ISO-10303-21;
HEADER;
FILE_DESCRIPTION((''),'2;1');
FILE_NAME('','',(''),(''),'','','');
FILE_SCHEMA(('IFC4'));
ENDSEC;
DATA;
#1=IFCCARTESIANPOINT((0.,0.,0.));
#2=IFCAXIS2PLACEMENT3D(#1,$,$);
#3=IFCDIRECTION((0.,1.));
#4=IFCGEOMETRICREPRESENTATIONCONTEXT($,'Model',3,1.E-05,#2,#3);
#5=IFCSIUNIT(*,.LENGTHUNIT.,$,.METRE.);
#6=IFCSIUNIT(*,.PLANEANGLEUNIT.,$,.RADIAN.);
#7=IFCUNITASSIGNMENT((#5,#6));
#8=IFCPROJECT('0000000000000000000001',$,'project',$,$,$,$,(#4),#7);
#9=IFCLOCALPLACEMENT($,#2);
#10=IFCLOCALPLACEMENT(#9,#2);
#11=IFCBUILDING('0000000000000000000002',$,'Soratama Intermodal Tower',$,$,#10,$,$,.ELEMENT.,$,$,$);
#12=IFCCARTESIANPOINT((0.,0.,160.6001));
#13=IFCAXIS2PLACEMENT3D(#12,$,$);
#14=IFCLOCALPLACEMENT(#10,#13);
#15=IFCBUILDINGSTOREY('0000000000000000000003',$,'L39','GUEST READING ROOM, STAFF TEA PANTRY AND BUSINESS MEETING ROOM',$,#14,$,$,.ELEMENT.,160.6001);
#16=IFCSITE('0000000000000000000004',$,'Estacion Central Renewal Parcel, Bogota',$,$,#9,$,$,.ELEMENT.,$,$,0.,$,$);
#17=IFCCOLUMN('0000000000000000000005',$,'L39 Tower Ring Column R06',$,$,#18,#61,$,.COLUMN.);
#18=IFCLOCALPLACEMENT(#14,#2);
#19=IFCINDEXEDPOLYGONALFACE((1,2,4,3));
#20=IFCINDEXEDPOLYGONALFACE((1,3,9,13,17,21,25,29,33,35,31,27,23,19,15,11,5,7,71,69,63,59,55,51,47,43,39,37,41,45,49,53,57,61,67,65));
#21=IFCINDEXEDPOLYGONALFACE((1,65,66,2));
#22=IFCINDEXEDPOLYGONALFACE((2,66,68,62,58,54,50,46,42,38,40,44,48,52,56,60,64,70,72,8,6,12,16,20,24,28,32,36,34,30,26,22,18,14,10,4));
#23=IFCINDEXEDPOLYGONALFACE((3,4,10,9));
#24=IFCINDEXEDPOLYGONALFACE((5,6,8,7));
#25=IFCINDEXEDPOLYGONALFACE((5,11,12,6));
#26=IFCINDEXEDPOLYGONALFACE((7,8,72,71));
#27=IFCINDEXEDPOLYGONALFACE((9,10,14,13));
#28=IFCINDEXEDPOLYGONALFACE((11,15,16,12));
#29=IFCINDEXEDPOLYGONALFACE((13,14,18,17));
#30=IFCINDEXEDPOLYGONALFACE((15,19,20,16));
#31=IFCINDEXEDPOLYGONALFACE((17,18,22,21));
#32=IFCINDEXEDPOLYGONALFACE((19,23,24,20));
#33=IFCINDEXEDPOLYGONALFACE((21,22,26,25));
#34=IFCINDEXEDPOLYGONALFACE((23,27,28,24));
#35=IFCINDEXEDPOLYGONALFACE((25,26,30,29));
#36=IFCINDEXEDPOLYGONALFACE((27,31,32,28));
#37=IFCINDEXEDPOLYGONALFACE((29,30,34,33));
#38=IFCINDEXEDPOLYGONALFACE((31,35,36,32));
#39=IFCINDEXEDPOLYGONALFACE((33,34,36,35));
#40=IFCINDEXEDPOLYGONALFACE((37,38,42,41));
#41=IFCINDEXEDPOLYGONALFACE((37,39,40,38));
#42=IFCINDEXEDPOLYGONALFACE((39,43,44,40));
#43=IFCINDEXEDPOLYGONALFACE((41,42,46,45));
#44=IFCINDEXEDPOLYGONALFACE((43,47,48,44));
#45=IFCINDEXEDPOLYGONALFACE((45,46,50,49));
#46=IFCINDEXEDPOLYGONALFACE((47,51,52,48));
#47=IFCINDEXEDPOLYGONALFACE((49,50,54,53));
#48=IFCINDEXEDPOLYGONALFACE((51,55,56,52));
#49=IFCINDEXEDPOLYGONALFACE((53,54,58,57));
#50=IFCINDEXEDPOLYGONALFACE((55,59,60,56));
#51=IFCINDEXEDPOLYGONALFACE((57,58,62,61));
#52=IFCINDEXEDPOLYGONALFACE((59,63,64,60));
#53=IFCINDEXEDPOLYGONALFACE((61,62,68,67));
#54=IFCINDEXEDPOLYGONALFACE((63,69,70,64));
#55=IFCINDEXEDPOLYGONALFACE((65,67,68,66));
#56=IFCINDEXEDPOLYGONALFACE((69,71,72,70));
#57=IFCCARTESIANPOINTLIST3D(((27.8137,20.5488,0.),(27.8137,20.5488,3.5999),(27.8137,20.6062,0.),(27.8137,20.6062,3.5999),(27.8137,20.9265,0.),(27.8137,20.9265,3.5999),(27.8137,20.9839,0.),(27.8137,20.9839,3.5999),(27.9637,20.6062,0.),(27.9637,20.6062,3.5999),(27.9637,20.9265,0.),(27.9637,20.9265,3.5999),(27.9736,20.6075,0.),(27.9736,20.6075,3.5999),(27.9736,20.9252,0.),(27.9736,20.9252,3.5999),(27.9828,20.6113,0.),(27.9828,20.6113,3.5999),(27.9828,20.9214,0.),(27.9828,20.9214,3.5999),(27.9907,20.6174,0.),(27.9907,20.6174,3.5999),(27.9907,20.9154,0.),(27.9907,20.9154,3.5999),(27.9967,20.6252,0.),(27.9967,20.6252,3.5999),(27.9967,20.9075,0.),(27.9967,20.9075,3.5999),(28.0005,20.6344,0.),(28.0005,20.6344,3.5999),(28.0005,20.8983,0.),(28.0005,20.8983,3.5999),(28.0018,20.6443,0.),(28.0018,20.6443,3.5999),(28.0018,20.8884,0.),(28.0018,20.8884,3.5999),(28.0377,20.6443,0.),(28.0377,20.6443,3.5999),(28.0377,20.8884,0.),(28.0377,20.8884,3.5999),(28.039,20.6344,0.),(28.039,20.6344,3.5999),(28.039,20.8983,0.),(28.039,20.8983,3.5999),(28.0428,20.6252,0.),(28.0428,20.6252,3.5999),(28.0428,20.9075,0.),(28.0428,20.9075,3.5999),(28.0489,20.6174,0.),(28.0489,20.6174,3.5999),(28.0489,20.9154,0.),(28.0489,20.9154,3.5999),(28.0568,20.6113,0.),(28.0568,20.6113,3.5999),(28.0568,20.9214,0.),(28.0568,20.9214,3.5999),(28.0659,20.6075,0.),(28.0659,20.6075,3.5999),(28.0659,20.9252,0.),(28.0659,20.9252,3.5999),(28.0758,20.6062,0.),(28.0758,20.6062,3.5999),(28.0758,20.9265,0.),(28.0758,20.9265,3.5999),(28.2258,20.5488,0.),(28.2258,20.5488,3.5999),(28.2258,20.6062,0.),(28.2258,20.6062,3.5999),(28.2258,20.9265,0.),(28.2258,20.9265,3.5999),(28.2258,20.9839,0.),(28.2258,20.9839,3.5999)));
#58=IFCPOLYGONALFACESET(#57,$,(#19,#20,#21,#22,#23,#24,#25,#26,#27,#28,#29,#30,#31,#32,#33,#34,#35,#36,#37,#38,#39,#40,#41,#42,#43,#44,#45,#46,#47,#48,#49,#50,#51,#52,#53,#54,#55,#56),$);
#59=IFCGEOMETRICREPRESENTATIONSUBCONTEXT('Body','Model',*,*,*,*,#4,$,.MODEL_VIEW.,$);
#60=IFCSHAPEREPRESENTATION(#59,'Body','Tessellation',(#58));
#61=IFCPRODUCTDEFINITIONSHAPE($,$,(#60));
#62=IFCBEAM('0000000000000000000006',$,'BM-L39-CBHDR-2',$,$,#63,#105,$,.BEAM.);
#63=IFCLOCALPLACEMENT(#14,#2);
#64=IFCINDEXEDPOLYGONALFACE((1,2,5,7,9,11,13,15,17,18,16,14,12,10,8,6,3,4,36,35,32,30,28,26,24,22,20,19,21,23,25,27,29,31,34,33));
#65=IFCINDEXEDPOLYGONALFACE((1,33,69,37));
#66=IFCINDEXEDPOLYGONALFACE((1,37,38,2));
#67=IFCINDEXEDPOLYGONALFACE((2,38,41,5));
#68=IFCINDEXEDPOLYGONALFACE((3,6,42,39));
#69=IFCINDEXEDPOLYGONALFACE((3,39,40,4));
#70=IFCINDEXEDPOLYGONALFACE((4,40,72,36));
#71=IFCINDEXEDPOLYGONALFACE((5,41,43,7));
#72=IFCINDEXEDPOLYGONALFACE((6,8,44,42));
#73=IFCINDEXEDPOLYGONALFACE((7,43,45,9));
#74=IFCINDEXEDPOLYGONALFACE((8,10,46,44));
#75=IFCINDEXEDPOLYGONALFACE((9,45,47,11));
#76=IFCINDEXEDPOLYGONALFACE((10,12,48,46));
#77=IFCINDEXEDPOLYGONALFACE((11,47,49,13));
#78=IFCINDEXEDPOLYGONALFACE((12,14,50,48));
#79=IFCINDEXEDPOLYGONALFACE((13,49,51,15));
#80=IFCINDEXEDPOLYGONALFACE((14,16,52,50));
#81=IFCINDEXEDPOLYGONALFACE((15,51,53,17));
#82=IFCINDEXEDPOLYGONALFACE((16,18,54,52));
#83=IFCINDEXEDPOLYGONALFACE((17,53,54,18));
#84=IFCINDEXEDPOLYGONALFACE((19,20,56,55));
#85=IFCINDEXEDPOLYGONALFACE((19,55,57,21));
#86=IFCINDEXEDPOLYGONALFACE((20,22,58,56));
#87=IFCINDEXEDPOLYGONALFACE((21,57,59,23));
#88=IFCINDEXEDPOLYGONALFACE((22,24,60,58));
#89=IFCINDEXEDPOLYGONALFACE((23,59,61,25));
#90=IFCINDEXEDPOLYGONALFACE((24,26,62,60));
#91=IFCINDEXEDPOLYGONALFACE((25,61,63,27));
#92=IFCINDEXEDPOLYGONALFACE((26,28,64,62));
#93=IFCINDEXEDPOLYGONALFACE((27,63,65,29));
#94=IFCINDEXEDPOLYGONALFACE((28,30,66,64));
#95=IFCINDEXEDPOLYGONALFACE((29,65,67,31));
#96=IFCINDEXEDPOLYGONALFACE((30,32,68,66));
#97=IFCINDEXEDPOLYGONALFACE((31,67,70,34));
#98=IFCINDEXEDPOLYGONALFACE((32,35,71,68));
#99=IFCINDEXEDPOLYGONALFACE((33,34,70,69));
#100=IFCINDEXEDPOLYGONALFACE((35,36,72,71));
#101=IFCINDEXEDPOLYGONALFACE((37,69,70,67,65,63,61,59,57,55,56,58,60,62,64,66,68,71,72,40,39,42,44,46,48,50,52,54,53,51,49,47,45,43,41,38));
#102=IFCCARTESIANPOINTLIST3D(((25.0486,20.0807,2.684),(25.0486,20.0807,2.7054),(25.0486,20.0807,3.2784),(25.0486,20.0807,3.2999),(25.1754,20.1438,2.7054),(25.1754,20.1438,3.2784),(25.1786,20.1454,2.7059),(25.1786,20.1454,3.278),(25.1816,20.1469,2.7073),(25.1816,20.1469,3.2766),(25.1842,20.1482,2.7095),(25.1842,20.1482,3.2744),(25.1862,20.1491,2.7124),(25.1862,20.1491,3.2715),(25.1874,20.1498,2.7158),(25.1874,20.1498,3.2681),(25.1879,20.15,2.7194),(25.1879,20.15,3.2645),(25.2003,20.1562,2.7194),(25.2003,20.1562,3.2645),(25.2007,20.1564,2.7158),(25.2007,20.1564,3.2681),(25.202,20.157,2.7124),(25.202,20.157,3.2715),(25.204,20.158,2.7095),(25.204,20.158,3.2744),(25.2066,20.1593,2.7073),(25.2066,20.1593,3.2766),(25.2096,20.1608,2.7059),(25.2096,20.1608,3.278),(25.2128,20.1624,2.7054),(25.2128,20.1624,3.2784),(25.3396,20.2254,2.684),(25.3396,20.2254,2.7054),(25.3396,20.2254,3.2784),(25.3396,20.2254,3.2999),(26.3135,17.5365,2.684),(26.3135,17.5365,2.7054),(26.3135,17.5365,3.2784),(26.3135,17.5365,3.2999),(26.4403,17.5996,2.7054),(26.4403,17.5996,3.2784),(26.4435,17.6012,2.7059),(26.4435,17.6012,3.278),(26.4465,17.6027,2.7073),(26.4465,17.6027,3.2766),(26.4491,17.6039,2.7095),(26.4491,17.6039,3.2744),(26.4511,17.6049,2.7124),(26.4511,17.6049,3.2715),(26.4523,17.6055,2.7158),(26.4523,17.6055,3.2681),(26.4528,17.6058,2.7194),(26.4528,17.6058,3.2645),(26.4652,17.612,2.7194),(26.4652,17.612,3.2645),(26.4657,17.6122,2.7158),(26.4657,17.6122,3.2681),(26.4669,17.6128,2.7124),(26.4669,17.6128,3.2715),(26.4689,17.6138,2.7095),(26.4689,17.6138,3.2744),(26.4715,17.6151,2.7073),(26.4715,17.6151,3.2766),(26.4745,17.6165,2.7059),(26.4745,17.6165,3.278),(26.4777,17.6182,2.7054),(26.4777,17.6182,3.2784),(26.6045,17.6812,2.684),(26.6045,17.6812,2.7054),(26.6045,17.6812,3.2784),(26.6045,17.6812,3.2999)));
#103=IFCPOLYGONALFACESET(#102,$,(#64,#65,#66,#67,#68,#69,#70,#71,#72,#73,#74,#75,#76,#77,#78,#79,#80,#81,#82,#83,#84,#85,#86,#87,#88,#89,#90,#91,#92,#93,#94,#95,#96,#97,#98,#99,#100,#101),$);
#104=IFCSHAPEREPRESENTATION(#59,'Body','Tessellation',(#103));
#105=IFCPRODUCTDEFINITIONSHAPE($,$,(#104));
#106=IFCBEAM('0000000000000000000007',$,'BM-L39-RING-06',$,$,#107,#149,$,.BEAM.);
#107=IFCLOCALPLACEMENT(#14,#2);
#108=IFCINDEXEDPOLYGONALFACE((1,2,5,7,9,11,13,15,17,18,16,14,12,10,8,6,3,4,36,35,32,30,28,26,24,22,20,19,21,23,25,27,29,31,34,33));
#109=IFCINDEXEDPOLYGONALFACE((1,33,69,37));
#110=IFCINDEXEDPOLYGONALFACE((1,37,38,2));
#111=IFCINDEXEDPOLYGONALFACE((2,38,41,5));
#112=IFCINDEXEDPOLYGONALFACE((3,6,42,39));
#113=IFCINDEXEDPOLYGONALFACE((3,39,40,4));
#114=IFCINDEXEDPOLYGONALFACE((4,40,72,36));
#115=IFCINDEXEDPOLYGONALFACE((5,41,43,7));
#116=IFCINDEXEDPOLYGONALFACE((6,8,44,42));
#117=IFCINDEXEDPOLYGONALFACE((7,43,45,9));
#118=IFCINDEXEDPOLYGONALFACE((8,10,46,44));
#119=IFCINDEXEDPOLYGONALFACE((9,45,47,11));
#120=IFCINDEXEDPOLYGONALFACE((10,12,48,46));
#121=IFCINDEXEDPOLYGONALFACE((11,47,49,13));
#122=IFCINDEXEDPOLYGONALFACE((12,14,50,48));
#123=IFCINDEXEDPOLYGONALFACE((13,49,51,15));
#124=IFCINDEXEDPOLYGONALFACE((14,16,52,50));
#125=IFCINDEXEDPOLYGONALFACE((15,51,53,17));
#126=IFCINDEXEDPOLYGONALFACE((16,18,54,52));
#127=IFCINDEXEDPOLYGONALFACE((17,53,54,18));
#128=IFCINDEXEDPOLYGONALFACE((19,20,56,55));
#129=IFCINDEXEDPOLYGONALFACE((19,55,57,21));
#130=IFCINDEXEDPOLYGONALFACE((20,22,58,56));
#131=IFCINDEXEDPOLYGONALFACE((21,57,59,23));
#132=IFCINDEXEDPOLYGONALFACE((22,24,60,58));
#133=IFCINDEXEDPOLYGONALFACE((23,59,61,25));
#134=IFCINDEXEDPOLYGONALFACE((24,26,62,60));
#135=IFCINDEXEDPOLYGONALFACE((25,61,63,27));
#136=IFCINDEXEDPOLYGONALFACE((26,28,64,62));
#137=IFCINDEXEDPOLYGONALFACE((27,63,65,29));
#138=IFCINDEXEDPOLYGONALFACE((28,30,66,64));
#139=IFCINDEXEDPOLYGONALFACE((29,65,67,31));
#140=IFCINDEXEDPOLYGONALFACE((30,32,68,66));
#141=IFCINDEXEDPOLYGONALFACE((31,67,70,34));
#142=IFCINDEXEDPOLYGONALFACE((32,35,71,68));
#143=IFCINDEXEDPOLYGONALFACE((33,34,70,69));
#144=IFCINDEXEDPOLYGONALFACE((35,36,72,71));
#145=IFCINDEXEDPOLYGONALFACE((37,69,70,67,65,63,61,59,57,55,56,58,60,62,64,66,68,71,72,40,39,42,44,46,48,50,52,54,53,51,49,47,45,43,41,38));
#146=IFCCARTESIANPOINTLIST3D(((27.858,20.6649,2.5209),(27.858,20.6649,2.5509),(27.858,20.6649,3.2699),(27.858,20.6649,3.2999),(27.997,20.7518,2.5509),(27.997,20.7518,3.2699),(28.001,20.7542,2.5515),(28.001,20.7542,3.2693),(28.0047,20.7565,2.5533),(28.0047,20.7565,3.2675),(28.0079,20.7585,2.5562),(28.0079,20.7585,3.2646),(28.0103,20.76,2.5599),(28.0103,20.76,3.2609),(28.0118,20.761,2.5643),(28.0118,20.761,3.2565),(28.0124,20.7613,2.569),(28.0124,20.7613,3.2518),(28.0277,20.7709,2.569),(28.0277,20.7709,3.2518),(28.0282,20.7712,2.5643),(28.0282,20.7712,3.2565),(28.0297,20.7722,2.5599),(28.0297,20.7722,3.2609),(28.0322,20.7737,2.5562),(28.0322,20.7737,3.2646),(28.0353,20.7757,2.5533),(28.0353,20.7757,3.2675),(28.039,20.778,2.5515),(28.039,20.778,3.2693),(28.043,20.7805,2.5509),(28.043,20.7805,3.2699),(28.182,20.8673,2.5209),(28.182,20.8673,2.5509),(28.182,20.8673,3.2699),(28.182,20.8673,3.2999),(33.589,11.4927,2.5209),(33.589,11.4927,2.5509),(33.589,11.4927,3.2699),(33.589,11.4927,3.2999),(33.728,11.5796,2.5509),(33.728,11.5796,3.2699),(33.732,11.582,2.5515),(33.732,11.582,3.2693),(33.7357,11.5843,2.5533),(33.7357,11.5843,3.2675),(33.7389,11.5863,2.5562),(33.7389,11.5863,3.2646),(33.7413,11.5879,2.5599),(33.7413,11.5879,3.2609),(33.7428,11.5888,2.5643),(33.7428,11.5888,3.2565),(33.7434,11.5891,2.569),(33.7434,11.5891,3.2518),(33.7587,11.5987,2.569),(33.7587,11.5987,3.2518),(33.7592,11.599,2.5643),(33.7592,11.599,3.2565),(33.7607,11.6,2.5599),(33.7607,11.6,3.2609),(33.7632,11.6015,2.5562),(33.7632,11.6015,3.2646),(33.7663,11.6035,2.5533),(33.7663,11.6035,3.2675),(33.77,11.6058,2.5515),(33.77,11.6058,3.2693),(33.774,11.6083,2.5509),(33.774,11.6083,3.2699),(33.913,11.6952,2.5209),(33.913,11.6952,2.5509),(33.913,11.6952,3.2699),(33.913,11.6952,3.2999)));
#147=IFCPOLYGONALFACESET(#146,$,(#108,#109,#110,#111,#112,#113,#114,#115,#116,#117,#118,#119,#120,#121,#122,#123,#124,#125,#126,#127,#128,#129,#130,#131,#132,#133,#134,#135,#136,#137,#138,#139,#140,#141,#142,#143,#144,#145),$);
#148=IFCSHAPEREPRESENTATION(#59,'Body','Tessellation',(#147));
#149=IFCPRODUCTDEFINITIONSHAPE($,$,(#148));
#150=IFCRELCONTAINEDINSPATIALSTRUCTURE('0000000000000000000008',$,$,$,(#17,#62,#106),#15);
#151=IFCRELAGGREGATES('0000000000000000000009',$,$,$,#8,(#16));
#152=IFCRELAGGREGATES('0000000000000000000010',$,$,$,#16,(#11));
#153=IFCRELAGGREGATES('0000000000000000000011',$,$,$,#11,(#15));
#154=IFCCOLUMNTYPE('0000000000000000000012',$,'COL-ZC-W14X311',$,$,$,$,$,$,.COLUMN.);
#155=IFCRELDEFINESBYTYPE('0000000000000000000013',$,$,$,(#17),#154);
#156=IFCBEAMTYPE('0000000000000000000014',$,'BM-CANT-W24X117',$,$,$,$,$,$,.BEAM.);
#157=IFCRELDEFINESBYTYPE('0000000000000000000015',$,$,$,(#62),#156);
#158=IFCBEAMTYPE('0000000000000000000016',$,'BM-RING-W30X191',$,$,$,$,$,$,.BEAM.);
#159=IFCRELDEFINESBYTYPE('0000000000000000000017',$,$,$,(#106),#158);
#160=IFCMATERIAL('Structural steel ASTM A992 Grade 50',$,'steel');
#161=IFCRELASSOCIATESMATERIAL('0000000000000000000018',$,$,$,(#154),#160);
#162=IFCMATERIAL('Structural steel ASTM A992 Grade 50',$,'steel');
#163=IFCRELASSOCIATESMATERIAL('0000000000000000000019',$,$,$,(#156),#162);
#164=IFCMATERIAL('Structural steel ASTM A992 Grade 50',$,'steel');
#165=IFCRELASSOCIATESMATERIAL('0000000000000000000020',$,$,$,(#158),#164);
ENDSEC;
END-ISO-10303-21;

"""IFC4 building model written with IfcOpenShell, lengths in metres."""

from ifc_helpers import new_model, si_unit, direction, frame, origin, origin_2d, place, context, subcontext, project, spatial, i_section, extrude, material, material_profile, profile_set, type_object, element, save


model = new_model("IFC4")

# Units and contexts
model_context = context("Model", 3, precision=1e-05, world=origin(), true_north=direction((0.0, 1.0)))
body_context = subcontext(model_context, "Body", "Model", "MODEL_VIEW")
ifc_project = project(units=[si_unit("LENGTHUNIT", "METRE"), si_unit("PLANEANGLEUNIT", "RADIAN")], contexts=[model_context])

# Site, building, storey
site_placement = place(None, origin())
site = spatial("IfcSite", under=ifc_project, at=site_placement, Name="Estacion Central Renewal Parcel, Bogota", CompositionType="ELEMENT", RefElevation=0.0)
building_placement = place(site_placement, origin())
building = spatial("IfcBuilding", under=site, at=building_placement, Name="Soratama Intermodal Tower", CompositionType="ELEMENT")
storey_placement = place(building_placement, frame((0.0, 0.0, 160.6001)))
storey = spatial("IfcBuildingStorey", under=building, at=storey_placement, Name="L39", Description="GUEST READING ROOM, STAFF TEA PANTRY AND BUSINESS MEETING ROOM", CompositionType="ELEMENT", Elevation=160.6001)

# Column
ifc_material_1 = material(Name="Structural steel ASTM A992 Grade 50", Category="steel")
ifc_material_profile_1 = material_profile(ifc_material_1, i_section(OverallWidth=0.4121, OverallDepth=0.4351, WebThickness=0.0359, FlangeThickness=0.0574, FilletRadius=0.0381, at=origin_2d()), Name="W14X311")
ifc_profile_set_1 = profile_set([ifc_material_profile_1], Name="Structural steel ASTM A992 Grade 50")
column_type = type_object("IfcColumnType", Name="COL-ZC-W14X311", PredefinedType="COLUMN", material=ifc_profile_set_1)
column_placement = place(storey_placement, frame((28.0198, 20.7664, 0.0), z_axis=(0.0, 0.0, 1.0), x_axis=(1.0, 0.0, 0.0)))
element("IfcColumn", 1, at=column_placement, inside=storey, type_object=column_type, Name="L39 Tower Ring Column R06", PredefinedType="COLUMN", context=body_context, shape_type="SweptSolid", body=[
    extrude(i_section(OverallWidth=0.4121, OverallDepth=0.4351, WebThickness=0.0359, FlangeThickness=0.0574, FilletRadius=0.0381, at=origin_2d()), origin(), (0.0, 0.0, 1.0), 3.5999),
])

# Beams
ifc_material_2 = material(Name="Structural steel ASTM A992 Grade 50", Category="steel")
ifc_material_profile_2 = material_profile(ifc_material_2, i_section(OverallWidth=0.325, OverallDepth=0.616, WebThickness=0.0139, FlangeThickness=0.0215, FilletRadius=0.0139, at=origin_2d()), Name="W24X117")
ifc_profile_set_2 = profile_set([ifc_material_profile_2], Name="Structural steel ASTM A992 Grade 50")
beam_type_1 = type_object("IfcBeamType", Name="BM-CANT-W24X117", PredefinedType="BEAM", material=ifc_profile_set_2)
beam_1_placement = place(storey_placement, frame((25.1941, 20.1531, 2.9919), z_axis=(0.445185, -0.895439, 0.0), x_axis=(0.895439, 0.445185, 0.0)))
element("IfcBeam", 2, at=beam_1_placement, inside=storey, type_object=beam_type_1, Name="BM-L39-CBHDR-2", PredefinedType="BEAM", context=body_context, shape_type="SweptSolid", body=[
    extrude(i_section(OverallWidth=0.325, OverallDepth=0.616, WebThickness=0.0139, FlangeThickness=0.0215, FilletRadius=0.0139, at=origin_2d()), origin(), (0.0, 0.0, 1.0), 2.8413),
])
ifc_material_3 = material(Name="Structural steel ASTM A992 Grade 50", Category="steel")
ifc_material_profile_3 = material_profile(ifc_material_3, i_section(OverallWidth=0.3821, OverallDepth=0.7791, WebThickness=0.0181, FlangeThickness=0.03, FilletRadius=0.0181, at=origin_2d()), Name="W30X191")
ifc_profile_set_3 = profile_set([ifc_material_profile_3], Name="Structural steel ASTM A992 Grade 50")
beam_type_2 = type_object("IfcBeamType", Name="BM-RING-W30X191", PredefinedType="BEAM", material=ifc_profile_set_3)
beam_2_placement = place(storey_placement, frame((28.02, 20.7661, 2.9104), z_axis=(0.529891, -0.848066, 0.0), x_axis=(0.848066, 0.529891, 0.0)))
element("IfcBeam", 3, at=beam_2_placement, inside=storey, type_object=beam_type_2, Name="BM-L39-RING-06", PredefinedType="BEAM", context=body_context, shape_type="SweptSolid", body=[
    extrude(i_section(OverallWidth=0.3821, OverallDepth=0.7791, WebThickness=0.0181, FlangeThickness=0.03, FilletRadius=0.0181, at=origin_2d()), origin(), (0.0, 0.0, 1.0), 10.8154),
])

save(model, "model.ifc")
